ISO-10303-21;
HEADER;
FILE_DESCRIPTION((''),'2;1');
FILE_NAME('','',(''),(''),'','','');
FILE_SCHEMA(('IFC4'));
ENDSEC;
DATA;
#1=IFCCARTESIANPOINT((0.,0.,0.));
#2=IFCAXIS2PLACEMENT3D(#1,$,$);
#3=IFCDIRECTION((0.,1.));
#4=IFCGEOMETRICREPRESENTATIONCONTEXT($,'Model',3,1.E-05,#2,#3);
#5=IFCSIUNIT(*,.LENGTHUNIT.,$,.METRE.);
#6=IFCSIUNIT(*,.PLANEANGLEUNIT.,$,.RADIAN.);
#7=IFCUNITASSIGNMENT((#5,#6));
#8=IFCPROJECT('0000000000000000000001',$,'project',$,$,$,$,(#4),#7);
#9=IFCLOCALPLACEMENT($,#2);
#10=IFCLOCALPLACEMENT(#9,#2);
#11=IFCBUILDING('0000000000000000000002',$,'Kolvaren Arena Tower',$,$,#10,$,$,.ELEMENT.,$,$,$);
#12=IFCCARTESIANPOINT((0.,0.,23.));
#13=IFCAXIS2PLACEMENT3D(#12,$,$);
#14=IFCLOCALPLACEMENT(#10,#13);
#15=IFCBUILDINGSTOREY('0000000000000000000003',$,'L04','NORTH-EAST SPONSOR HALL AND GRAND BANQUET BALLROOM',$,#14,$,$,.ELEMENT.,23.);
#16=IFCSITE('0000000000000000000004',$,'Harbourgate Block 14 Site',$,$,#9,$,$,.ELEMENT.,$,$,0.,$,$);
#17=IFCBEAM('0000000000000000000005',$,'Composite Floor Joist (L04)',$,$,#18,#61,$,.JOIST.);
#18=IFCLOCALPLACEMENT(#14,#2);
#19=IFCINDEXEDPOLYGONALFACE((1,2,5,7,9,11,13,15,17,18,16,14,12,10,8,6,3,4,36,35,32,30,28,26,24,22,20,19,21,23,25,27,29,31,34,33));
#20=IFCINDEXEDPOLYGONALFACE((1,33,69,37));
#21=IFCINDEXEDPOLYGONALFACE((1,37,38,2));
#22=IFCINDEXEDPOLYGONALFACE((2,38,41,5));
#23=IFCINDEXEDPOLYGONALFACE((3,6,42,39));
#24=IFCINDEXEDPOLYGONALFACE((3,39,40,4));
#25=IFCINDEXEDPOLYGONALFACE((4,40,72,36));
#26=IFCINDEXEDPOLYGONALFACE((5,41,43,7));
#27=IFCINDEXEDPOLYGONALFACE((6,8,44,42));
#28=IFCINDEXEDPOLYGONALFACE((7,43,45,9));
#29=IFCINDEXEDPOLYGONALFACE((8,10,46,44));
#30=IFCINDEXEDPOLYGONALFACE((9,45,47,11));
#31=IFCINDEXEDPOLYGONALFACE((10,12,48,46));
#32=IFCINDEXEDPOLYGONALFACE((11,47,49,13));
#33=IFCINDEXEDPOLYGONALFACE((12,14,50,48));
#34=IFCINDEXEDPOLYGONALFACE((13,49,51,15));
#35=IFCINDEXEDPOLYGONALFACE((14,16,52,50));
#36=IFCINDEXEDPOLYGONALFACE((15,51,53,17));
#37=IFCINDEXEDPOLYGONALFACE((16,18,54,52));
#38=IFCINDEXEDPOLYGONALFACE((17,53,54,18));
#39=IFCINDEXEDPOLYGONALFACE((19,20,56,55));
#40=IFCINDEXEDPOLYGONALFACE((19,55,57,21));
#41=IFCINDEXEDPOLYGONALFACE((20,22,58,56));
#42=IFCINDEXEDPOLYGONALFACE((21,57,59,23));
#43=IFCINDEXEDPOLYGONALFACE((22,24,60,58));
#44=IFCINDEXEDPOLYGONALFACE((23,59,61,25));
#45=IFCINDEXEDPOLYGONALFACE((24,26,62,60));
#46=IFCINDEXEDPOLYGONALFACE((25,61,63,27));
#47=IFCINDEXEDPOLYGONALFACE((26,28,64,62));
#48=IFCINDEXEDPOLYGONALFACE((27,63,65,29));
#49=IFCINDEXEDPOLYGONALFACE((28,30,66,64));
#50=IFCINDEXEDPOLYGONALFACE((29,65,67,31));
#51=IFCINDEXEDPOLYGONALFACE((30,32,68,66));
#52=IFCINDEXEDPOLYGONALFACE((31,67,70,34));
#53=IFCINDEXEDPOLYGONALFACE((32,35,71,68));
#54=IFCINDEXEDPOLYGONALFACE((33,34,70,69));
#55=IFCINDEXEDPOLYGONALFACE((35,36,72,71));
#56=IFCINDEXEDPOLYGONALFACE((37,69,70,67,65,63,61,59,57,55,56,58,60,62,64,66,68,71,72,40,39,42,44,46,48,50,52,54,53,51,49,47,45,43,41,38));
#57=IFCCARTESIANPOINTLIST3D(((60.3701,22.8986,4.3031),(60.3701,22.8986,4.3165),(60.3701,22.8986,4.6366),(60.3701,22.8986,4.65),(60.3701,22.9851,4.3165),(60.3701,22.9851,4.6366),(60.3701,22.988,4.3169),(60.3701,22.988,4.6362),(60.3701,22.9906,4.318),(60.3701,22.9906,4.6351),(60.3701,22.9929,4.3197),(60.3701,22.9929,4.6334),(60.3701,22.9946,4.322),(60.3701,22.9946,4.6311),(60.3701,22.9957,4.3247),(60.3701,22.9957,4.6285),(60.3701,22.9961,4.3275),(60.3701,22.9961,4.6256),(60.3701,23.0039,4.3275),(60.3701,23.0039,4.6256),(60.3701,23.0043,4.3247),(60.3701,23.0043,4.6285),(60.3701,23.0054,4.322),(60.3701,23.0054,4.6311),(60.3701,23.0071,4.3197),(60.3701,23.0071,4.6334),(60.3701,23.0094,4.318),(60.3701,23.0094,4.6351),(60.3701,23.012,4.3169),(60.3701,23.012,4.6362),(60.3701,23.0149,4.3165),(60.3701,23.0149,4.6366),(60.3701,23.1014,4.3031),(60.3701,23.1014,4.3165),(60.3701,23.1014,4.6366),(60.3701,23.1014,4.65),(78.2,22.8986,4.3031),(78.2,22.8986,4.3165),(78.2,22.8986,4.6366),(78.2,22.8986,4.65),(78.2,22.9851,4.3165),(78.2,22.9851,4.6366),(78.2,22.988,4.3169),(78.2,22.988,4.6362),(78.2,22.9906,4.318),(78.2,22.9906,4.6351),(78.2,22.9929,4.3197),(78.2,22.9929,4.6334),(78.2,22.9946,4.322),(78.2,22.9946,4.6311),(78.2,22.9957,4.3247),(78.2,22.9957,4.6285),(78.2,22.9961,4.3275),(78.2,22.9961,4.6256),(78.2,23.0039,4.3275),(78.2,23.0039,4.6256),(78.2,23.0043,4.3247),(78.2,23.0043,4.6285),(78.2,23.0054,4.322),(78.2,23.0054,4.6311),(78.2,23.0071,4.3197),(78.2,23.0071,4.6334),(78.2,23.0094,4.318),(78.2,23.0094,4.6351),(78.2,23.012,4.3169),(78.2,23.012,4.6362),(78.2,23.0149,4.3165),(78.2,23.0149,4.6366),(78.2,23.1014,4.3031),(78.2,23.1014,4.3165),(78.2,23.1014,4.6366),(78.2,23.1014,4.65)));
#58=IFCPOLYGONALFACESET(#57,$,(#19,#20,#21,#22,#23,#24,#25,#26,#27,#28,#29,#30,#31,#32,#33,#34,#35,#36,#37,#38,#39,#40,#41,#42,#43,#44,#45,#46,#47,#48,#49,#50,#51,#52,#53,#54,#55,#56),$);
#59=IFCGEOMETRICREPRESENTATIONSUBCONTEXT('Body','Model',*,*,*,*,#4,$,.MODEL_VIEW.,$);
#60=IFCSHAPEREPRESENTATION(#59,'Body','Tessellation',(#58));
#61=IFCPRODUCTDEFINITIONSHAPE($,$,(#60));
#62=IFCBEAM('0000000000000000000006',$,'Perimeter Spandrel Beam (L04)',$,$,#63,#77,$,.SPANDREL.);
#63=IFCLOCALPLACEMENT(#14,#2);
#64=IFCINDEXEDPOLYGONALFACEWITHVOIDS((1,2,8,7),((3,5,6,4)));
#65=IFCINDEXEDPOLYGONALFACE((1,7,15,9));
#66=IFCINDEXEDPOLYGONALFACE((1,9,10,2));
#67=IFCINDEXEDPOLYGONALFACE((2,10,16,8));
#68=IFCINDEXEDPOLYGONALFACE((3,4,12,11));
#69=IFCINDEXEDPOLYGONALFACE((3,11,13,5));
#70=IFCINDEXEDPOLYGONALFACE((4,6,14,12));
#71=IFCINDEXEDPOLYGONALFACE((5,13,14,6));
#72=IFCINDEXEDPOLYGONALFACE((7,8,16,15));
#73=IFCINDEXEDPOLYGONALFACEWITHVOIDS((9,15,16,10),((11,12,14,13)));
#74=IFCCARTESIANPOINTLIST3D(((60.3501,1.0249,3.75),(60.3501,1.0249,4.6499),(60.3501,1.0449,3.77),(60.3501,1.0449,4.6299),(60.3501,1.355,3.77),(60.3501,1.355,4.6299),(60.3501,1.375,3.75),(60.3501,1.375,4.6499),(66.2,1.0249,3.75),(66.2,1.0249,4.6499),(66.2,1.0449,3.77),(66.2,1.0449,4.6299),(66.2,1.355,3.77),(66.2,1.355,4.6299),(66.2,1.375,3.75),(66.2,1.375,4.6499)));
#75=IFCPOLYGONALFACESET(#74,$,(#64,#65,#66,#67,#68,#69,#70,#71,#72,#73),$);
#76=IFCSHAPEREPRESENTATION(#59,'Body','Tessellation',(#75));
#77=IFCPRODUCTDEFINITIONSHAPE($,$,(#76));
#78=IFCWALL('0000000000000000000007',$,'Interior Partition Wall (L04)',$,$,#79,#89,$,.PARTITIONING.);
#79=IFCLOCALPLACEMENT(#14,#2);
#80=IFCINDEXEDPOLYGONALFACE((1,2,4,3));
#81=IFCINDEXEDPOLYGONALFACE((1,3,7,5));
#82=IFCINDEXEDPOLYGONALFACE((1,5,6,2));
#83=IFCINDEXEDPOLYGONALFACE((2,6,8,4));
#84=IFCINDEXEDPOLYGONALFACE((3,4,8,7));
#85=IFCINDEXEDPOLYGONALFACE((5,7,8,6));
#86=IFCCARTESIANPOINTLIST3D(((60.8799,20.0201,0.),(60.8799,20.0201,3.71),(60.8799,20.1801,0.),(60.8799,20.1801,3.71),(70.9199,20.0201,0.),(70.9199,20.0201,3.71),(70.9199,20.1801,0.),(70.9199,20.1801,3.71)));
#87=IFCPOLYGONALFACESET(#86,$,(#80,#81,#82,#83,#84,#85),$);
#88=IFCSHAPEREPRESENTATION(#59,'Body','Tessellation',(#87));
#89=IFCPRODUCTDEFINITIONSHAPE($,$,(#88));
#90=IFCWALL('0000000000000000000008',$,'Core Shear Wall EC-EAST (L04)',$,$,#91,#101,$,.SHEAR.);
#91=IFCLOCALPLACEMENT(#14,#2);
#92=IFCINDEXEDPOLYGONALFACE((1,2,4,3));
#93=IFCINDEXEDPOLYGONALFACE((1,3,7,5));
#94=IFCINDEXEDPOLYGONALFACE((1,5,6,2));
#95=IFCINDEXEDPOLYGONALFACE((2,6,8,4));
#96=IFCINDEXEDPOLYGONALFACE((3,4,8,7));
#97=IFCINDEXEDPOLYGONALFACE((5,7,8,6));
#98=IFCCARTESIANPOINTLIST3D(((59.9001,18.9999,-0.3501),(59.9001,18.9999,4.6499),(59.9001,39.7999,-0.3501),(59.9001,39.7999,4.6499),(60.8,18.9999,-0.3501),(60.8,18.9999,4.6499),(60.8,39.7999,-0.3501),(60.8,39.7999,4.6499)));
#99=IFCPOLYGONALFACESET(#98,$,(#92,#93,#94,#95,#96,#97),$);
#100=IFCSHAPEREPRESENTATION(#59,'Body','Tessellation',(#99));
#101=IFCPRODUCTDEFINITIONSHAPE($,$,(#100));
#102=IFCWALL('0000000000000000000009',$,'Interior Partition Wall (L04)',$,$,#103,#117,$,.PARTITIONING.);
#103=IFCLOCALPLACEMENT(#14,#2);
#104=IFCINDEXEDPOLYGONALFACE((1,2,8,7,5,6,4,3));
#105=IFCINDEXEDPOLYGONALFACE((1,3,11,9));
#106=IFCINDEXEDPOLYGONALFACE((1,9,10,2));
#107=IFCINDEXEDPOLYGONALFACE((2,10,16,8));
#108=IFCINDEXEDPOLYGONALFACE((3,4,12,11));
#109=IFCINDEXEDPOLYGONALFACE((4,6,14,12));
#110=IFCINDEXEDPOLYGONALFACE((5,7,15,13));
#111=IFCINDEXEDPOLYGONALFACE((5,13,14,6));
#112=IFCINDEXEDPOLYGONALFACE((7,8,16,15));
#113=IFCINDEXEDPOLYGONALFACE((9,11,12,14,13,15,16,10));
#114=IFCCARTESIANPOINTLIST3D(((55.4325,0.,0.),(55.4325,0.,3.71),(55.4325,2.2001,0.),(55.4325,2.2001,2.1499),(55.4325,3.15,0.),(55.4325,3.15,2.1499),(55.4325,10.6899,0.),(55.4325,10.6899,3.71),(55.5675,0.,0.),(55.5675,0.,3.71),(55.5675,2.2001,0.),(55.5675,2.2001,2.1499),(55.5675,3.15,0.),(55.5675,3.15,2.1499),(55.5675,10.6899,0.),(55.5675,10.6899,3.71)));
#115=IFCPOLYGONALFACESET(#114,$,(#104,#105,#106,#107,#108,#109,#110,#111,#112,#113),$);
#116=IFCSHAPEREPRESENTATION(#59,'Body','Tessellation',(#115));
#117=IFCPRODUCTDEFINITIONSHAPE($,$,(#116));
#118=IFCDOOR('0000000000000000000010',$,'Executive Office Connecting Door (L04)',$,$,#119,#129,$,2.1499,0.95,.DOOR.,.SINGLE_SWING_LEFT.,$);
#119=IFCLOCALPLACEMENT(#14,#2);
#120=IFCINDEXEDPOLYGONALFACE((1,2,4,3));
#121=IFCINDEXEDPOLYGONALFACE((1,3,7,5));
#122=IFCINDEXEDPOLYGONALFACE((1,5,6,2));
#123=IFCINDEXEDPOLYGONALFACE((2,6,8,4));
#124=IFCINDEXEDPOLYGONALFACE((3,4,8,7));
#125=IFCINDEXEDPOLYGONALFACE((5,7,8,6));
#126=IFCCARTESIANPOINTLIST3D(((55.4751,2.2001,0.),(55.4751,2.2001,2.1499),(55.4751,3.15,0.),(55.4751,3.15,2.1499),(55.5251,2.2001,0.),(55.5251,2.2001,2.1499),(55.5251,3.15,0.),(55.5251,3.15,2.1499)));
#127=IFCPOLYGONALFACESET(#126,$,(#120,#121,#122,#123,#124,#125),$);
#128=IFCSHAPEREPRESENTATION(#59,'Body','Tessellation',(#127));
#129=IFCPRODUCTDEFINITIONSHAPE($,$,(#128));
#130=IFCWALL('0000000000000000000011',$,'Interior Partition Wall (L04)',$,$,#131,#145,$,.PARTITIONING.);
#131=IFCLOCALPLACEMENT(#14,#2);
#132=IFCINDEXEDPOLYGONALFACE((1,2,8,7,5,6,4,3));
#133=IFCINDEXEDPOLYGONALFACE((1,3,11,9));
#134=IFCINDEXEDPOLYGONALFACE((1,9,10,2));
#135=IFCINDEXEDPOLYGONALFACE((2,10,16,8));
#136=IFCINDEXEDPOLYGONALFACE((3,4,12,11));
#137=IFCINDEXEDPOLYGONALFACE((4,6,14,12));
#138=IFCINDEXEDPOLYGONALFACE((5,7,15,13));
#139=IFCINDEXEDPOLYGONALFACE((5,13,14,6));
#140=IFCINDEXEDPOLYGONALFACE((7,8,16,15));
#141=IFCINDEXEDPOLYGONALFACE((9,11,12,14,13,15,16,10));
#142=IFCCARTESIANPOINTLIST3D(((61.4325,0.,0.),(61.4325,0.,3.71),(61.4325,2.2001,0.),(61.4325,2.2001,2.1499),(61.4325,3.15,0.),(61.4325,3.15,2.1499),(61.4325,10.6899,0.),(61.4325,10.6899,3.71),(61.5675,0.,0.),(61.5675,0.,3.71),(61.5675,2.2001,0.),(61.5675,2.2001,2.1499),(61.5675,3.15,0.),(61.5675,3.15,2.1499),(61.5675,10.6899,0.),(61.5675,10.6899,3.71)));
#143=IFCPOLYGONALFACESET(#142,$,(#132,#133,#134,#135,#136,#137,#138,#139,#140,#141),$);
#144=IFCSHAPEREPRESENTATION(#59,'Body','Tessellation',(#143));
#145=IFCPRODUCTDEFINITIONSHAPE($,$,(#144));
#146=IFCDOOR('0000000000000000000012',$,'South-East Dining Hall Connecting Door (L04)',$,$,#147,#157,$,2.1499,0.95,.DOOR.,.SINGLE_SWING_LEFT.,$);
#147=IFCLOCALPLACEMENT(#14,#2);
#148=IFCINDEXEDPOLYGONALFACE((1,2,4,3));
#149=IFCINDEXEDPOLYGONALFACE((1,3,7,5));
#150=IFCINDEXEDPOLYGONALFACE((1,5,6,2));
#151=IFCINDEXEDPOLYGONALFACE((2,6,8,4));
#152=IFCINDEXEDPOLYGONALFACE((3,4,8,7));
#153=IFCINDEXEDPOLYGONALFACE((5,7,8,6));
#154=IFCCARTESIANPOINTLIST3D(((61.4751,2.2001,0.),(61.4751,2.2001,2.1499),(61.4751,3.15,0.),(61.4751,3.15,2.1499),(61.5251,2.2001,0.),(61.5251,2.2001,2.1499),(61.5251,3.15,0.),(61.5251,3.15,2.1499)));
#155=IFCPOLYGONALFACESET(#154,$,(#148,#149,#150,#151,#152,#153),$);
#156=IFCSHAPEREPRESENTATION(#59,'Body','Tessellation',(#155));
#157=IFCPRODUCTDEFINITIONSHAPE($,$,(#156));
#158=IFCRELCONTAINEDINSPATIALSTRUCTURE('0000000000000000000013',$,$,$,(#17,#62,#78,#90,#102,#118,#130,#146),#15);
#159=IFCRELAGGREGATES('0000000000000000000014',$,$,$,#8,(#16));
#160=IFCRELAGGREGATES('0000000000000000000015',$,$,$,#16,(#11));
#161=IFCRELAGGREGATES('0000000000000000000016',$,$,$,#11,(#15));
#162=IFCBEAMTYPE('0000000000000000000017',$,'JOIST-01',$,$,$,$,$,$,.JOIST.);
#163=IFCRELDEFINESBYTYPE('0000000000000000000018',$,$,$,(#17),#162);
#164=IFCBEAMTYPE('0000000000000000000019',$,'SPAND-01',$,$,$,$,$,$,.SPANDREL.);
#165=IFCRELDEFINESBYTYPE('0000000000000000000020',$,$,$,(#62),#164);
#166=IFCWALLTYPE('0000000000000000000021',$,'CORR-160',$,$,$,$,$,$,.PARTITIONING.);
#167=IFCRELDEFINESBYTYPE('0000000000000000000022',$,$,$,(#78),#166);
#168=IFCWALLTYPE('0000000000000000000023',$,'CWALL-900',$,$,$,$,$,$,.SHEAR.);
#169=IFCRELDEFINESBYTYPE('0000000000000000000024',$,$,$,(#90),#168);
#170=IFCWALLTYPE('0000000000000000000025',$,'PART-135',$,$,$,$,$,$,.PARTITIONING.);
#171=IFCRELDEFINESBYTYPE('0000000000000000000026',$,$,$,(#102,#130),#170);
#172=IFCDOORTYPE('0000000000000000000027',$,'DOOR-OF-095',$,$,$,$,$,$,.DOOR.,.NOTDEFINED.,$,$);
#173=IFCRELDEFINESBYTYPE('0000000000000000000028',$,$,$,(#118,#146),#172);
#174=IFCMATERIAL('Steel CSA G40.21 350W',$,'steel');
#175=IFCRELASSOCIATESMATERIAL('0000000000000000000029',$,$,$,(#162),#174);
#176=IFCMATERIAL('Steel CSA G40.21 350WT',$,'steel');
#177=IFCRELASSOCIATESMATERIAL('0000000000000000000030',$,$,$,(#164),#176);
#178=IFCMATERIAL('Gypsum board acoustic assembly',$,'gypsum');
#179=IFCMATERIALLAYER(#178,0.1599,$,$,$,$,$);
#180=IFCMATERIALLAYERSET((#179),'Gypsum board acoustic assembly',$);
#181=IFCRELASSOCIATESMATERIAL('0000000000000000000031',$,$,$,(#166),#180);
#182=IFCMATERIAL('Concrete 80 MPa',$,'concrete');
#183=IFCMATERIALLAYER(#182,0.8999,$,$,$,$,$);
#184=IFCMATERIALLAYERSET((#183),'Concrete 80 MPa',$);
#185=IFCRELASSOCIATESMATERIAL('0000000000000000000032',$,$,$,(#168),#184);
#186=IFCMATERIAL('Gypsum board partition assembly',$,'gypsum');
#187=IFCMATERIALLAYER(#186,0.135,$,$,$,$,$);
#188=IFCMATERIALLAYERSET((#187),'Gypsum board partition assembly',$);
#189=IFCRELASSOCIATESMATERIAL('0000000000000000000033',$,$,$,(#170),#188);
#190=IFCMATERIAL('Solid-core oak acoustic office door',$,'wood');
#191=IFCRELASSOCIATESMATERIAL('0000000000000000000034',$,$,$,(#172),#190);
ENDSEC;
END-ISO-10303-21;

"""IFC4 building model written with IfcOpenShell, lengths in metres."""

from ifc_helpers import new_model, si_unit, direction, frame, frame_2d, origin, origin_2d, place, context, subcontext, project, spatial, rectangle, hollow_rectangle, i_section, extrude, material, layer, layer_set, material_profile, profile_set, type_object, element, fill, save


model = new_model("IFC4")

# Units and contexts
model_context = context("Model", 3, precision=1e-05, world=origin(), true_north=direction((0.0, 1.0)))
body_context = subcontext(model_context, "Body", "Model", "MODEL_VIEW")
ifc_project = project(units=[si_unit("LENGTHUNIT", "METRE"), si_unit("PLANEANGLEUNIT", "RADIAN")], contexts=[model_context])

# Site, building, storey
site_placement = place(None, origin())
site = spatial("IfcSite", under=ifc_project, at=site_placement, Name="Harbourgate Block 14 Site", CompositionType="ELEMENT", RefElevation=0.0)
building_placement = place(site_placement, origin())
building = spatial("IfcBuilding", under=site, at=building_placement, Name="Kolvaren Arena Tower", CompositionType="ELEMENT")
storey_placement = place(building_placement, frame((0.0, 0.0, 23.0)))
storey = spatial("IfcBuildingStorey", under=building, at=storey_placement, Name="L04", Description="NORTH-EAST SPONSOR HALL AND GRAND BANQUET BALLROOM", CompositionType="ELEMENT", Elevation=23.0)

# Beams
ifc_material_1 = material(Name="Steel CSA G40.21 350W", Category="steel")
ifc_material_profile_1 = material_profile(ifc_material_1, i_section(OverallWidth=0.2029, OverallDepth=0.3469, WebThickness=0.0078, FlangeThickness=0.0134, FilletRadius=0.011, at=origin_2d()), Name="W360x64")
ifc_profile_set_1 = profile_set([ifc_material_profile_1], Name="Steel CSA G40.21 350W")
beam_type_1 = type_object("IfcBeamType", Name="JOIST-01", PredefinedType="JOIST", material=ifc_profile_set_1)
for number, where, z_axis, x_axis, name in (
    (1, (60.3701, 23.0, 4.4766), (1.0, 0.0, 0.0), (0.0, 1.0, 0.0), "Composite Floor Joist (L04)"),
):
    element("IfcBeam", number, at=place(storey_placement, frame(where, z_axis=z_axis, x_axis=x_axis)), inside=storey, type_object=beam_type_1, Name=name, PredefinedType="JOIST", context=body_context, shape_type="SweptSolid", body=[
        extrude(i_section(OverallWidth=0.2029, OverallDepth=0.3469, WebThickness=0.0078, FlangeThickness=0.0134, FilletRadius=0.011, at=origin_2d()), origin(), (0.0, 0.0, 1.0), 17.8298),
    ])
ifc_material_2 = material(Name="Steel CSA G40.21 350WT", Category="steel")
ifc_material_profile_2 = material_profile(ifc_material_2, hollow_rectangle(XDim=0.3501, YDim=0.8999, WallThickness=0.02, at=origin_2d()), Name="HSS 900x350x20")
ifc_profile_set_2 = profile_set([ifc_material_profile_2], Name="Steel CSA G40.21 350WT")
beam_type_2 = type_object("IfcBeamType", Name="SPAND-01", PredefinedType="SPANDREL", material=ifc_profile_set_2)
beam_1_placement = place(storey_placement, frame((60.3501, 1.2, 4.2), z_axis=(1.0, 0.0, 0.0), x_axis=(0.0, 1.0, 0.0)))
element("IfcBeam", 2, at=beam_1_placement, inside=storey, type_object=beam_type_2, Name="Perimeter Spandrel Beam (L04)", PredefinedType="SPANDREL", context=body_context, shape_type="SweptSolid", body=[
    extrude(hollow_rectangle(XDim=0.3501, YDim=0.8999, WallThickness=0.02, at=origin_2d()), origin(), (0.0, 0.0, 1.0), 5.8499),
])

# Walls
ifc_material_3 = material(Name="Gypsum board acoustic assembly", Category="gypsum")
ifc_layer_1 = layer(ifc_material_3, 0.1599)
ifc_layer_set_1 = layer_set([ifc_layer_1], Name="Gypsum board acoustic assembly")
wall_type_1 = type_object("IfcWallType", Name="CORR-160", PredefinedType="PARTITIONING", material=ifc_layer_set_1)
wall_1_placement = place(storey_placement, frame((60.8799, 20.1001, 0.0), z_axis=(0.0, 0.0, 1.0), x_axis=(1.0, 0.0, 0.0)))
element("IfcWall", 3, at=wall_1_placement, inside=storey, type_object=wall_type_1, Name="Interior Partition Wall (L04)", PredefinedType="PARTITIONING", context=body_context, shape_type="SweptSolid", body=[
    extrude(rectangle(XDim=10.04, YDim=0.1599, at=frame_2d((5.02, 0.0))), origin(), (0.0, 0.0, 1.0), 3.71),
])
ifc_material_4 = material(Name="Concrete 80 MPa", Category="concrete")
ifc_layer_2 = layer(ifc_material_4, 0.8999)
ifc_layer_set_2 = layer_set([ifc_layer_2], Name="Concrete 80 MPa")
wall_type_2 = type_object("IfcWallType", Name="CWALL-900", PredefinedType="SHEAR", material=ifc_layer_set_2)
wall_2_placement = place(storey_placement, frame((60.3501, 19.0, -0.3501), z_axis=(0.0, 0.0, 1.0), x_axis=(0.0, 1.0, 0.0)))
element("IfcWall", 4, at=wall_2_placement, inside=storey, type_object=wall_type_2, Name="Core Shear Wall EC-EAST (L04)", PredefinedType="SHEAR", context=body_context, shape_type="SweptSolid", body=[
    extrude(rectangle(XDim=20.8, YDim=0.8999, at=frame_2d((10.3999, 0.0))), origin(), (0.0, 0.0, 1.0), 5.0),
])

# Walls, openings, doors
ifc_material_5 = material(Name="Gypsum board partition assembly", Category="gypsum")
ifc_layer_3 = layer(ifc_material_5, 0.135)
ifc_layer_set_3 = layer_set([ifc_layer_3], Name="Gypsum board partition assembly")
wall_type_3 = type_object("IfcWallType", Name="PART-135", PredefinedType="PARTITIONING", material=ifc_layer_set_3)
wall_3_placement = place(storey_placement, frame((55.5, 0.0, 0.0), z_axis=(0.0, 0.0, 1.0), x_axis=(0.0, 1.0, 0.0)))
wall_3 = element("IfcWall", 5, at=wall_3_placement, inside=storey, type_object=wall_type_3, Name="Interior Partition Wall (L04)", PredefinedType="PARTITIONING", context=body_context, shape_type="SweptSolid", body=[
    extrude(rectangle(XDim=10.6899, YDim=0.135, at=frame_2d((5.345, 0.0))), origin(), (0.0, 0.0, 1.0), 3.71),
])
opening_1_placement = place(wall_3_placement, frame((2.2, 0.0, 0.0)))
opening_1 = element("IfcOpeningElement", 6, at=opening_1_placement, cuts=wall_3, PredefinedType="OPENING", context=body_context, shape_type="SweptSolid", body=[
    extrude(rectangle(XDim=0.95, YDim=2.1499, at=frame_2d((0.4751, 1.075))), frame((0.0, 0.0774, 0.0), z_axis=(0.0, -1.0, 0.0), x_axis=(1.0, 0.0, 0.0)), (0.0, 0.0, 1.0), 0.155),
])
ifc_material_6 = material(Name="Solid-core oak acoustic office door", Category="wood")
door_type_1 = type_object("IfcDoorType", Name="DOOR-OF-095", OperationType="NOTDEFINED", PredefinedType="DOOR", material=ifc_material_6)
door_1_placement = place(opening_1_placement, origin())
door_1 = element("IfcDoor", 7, at=door_1_placement, inside=storey, type_object=door_type_1, Name="Executive Office Connecting Door (L04)", OperationType="SINGLE_SWING_LEFT", OverallHeight=2.1499, OverallWidth=0.95, PredefinedType="DOOR", context=body_context, shape_type="SweptSolid", body=[
    extrude(rectangle(XDim=0.95, YDim=2.1499, at=frame_2d((0.4751, 1.075))), frame((0.0, 0.0249, 0.0), z_axis=(0.0, -1.0, 0.0), x_axis=(1.0, 0.0, 0.0)), (0.0, 0.0, 1.0), 0.05),
])
fill(opening_1, door_1)
wall_4_placement = place(storey_placement, frame((61.5, 0.0, 0.0), z_axis=(0.0, 0.0, 1.0), x_axis=(0.0, 1.0, 0.0)))
wall_4 = element("IfcWall", 8, at=wall_4_placement, inside=storey, type_object=wall_type_3, Name="Interior Partition Wall (L04)", PredefinedType="PARTITIONING", context=body_context, shape_type="SweptSolid", body=[
    extrude(rectangle(XDim=10.6899, YDim=0.135, at=frame_2d((5.345, 0.0))), origin(), (0.0, 0.0, 1.0), 3.71),
])
opening_2_placement = place(wall_4_placement, frame((2.2, 0.0, 0.0)))
opening_2 = element("IfcOpeningElement", 9, at=opening_2_placement, cuts=wall_4, PredefinedType="OPENING", context=body_context, shape_type="SweptSolid", body=[
    extrude(rectangle(XDim=0.95, YDim=2.1499, at=frame_2d((0.4751, 1.075))), frame((0.0, 0.0774, 0.0), z_axis=(0.0, -1.0, 0.0), x_axis=(1.0, 0.0, 0.0)), (0.0, 0.0, 1.0), 0.155),
])
door_2_placement = place(opening_2_placement, origin())
door_2 = element("IfcDoor", 10, at=door_2_placement, inside=storey, type_object=door_type_1, Name="South-East Dining Hall Connecting Door (L04)", OperationType="SINGLE_SWING_LEFT", OverallHeight=2.1499, OverallWidth=0.95, PredefinedType="DOOR", context=body_context, shape_type="SweptSolid", body=[
    extrude(rectangle(XDim=0.95, YDim=2.1499, at=frame_2d((0.4751, 1.075))), frame((0.0, 0.0249, 0.0), z_axis=(0.0, -1.0, 0.0), x_axis=(1.0, 0.0, 0.0)), (0.0, 0.0, 1.0), 0.05),
])
fill(opening_2, door_2)

save(model, "model.ifc")
